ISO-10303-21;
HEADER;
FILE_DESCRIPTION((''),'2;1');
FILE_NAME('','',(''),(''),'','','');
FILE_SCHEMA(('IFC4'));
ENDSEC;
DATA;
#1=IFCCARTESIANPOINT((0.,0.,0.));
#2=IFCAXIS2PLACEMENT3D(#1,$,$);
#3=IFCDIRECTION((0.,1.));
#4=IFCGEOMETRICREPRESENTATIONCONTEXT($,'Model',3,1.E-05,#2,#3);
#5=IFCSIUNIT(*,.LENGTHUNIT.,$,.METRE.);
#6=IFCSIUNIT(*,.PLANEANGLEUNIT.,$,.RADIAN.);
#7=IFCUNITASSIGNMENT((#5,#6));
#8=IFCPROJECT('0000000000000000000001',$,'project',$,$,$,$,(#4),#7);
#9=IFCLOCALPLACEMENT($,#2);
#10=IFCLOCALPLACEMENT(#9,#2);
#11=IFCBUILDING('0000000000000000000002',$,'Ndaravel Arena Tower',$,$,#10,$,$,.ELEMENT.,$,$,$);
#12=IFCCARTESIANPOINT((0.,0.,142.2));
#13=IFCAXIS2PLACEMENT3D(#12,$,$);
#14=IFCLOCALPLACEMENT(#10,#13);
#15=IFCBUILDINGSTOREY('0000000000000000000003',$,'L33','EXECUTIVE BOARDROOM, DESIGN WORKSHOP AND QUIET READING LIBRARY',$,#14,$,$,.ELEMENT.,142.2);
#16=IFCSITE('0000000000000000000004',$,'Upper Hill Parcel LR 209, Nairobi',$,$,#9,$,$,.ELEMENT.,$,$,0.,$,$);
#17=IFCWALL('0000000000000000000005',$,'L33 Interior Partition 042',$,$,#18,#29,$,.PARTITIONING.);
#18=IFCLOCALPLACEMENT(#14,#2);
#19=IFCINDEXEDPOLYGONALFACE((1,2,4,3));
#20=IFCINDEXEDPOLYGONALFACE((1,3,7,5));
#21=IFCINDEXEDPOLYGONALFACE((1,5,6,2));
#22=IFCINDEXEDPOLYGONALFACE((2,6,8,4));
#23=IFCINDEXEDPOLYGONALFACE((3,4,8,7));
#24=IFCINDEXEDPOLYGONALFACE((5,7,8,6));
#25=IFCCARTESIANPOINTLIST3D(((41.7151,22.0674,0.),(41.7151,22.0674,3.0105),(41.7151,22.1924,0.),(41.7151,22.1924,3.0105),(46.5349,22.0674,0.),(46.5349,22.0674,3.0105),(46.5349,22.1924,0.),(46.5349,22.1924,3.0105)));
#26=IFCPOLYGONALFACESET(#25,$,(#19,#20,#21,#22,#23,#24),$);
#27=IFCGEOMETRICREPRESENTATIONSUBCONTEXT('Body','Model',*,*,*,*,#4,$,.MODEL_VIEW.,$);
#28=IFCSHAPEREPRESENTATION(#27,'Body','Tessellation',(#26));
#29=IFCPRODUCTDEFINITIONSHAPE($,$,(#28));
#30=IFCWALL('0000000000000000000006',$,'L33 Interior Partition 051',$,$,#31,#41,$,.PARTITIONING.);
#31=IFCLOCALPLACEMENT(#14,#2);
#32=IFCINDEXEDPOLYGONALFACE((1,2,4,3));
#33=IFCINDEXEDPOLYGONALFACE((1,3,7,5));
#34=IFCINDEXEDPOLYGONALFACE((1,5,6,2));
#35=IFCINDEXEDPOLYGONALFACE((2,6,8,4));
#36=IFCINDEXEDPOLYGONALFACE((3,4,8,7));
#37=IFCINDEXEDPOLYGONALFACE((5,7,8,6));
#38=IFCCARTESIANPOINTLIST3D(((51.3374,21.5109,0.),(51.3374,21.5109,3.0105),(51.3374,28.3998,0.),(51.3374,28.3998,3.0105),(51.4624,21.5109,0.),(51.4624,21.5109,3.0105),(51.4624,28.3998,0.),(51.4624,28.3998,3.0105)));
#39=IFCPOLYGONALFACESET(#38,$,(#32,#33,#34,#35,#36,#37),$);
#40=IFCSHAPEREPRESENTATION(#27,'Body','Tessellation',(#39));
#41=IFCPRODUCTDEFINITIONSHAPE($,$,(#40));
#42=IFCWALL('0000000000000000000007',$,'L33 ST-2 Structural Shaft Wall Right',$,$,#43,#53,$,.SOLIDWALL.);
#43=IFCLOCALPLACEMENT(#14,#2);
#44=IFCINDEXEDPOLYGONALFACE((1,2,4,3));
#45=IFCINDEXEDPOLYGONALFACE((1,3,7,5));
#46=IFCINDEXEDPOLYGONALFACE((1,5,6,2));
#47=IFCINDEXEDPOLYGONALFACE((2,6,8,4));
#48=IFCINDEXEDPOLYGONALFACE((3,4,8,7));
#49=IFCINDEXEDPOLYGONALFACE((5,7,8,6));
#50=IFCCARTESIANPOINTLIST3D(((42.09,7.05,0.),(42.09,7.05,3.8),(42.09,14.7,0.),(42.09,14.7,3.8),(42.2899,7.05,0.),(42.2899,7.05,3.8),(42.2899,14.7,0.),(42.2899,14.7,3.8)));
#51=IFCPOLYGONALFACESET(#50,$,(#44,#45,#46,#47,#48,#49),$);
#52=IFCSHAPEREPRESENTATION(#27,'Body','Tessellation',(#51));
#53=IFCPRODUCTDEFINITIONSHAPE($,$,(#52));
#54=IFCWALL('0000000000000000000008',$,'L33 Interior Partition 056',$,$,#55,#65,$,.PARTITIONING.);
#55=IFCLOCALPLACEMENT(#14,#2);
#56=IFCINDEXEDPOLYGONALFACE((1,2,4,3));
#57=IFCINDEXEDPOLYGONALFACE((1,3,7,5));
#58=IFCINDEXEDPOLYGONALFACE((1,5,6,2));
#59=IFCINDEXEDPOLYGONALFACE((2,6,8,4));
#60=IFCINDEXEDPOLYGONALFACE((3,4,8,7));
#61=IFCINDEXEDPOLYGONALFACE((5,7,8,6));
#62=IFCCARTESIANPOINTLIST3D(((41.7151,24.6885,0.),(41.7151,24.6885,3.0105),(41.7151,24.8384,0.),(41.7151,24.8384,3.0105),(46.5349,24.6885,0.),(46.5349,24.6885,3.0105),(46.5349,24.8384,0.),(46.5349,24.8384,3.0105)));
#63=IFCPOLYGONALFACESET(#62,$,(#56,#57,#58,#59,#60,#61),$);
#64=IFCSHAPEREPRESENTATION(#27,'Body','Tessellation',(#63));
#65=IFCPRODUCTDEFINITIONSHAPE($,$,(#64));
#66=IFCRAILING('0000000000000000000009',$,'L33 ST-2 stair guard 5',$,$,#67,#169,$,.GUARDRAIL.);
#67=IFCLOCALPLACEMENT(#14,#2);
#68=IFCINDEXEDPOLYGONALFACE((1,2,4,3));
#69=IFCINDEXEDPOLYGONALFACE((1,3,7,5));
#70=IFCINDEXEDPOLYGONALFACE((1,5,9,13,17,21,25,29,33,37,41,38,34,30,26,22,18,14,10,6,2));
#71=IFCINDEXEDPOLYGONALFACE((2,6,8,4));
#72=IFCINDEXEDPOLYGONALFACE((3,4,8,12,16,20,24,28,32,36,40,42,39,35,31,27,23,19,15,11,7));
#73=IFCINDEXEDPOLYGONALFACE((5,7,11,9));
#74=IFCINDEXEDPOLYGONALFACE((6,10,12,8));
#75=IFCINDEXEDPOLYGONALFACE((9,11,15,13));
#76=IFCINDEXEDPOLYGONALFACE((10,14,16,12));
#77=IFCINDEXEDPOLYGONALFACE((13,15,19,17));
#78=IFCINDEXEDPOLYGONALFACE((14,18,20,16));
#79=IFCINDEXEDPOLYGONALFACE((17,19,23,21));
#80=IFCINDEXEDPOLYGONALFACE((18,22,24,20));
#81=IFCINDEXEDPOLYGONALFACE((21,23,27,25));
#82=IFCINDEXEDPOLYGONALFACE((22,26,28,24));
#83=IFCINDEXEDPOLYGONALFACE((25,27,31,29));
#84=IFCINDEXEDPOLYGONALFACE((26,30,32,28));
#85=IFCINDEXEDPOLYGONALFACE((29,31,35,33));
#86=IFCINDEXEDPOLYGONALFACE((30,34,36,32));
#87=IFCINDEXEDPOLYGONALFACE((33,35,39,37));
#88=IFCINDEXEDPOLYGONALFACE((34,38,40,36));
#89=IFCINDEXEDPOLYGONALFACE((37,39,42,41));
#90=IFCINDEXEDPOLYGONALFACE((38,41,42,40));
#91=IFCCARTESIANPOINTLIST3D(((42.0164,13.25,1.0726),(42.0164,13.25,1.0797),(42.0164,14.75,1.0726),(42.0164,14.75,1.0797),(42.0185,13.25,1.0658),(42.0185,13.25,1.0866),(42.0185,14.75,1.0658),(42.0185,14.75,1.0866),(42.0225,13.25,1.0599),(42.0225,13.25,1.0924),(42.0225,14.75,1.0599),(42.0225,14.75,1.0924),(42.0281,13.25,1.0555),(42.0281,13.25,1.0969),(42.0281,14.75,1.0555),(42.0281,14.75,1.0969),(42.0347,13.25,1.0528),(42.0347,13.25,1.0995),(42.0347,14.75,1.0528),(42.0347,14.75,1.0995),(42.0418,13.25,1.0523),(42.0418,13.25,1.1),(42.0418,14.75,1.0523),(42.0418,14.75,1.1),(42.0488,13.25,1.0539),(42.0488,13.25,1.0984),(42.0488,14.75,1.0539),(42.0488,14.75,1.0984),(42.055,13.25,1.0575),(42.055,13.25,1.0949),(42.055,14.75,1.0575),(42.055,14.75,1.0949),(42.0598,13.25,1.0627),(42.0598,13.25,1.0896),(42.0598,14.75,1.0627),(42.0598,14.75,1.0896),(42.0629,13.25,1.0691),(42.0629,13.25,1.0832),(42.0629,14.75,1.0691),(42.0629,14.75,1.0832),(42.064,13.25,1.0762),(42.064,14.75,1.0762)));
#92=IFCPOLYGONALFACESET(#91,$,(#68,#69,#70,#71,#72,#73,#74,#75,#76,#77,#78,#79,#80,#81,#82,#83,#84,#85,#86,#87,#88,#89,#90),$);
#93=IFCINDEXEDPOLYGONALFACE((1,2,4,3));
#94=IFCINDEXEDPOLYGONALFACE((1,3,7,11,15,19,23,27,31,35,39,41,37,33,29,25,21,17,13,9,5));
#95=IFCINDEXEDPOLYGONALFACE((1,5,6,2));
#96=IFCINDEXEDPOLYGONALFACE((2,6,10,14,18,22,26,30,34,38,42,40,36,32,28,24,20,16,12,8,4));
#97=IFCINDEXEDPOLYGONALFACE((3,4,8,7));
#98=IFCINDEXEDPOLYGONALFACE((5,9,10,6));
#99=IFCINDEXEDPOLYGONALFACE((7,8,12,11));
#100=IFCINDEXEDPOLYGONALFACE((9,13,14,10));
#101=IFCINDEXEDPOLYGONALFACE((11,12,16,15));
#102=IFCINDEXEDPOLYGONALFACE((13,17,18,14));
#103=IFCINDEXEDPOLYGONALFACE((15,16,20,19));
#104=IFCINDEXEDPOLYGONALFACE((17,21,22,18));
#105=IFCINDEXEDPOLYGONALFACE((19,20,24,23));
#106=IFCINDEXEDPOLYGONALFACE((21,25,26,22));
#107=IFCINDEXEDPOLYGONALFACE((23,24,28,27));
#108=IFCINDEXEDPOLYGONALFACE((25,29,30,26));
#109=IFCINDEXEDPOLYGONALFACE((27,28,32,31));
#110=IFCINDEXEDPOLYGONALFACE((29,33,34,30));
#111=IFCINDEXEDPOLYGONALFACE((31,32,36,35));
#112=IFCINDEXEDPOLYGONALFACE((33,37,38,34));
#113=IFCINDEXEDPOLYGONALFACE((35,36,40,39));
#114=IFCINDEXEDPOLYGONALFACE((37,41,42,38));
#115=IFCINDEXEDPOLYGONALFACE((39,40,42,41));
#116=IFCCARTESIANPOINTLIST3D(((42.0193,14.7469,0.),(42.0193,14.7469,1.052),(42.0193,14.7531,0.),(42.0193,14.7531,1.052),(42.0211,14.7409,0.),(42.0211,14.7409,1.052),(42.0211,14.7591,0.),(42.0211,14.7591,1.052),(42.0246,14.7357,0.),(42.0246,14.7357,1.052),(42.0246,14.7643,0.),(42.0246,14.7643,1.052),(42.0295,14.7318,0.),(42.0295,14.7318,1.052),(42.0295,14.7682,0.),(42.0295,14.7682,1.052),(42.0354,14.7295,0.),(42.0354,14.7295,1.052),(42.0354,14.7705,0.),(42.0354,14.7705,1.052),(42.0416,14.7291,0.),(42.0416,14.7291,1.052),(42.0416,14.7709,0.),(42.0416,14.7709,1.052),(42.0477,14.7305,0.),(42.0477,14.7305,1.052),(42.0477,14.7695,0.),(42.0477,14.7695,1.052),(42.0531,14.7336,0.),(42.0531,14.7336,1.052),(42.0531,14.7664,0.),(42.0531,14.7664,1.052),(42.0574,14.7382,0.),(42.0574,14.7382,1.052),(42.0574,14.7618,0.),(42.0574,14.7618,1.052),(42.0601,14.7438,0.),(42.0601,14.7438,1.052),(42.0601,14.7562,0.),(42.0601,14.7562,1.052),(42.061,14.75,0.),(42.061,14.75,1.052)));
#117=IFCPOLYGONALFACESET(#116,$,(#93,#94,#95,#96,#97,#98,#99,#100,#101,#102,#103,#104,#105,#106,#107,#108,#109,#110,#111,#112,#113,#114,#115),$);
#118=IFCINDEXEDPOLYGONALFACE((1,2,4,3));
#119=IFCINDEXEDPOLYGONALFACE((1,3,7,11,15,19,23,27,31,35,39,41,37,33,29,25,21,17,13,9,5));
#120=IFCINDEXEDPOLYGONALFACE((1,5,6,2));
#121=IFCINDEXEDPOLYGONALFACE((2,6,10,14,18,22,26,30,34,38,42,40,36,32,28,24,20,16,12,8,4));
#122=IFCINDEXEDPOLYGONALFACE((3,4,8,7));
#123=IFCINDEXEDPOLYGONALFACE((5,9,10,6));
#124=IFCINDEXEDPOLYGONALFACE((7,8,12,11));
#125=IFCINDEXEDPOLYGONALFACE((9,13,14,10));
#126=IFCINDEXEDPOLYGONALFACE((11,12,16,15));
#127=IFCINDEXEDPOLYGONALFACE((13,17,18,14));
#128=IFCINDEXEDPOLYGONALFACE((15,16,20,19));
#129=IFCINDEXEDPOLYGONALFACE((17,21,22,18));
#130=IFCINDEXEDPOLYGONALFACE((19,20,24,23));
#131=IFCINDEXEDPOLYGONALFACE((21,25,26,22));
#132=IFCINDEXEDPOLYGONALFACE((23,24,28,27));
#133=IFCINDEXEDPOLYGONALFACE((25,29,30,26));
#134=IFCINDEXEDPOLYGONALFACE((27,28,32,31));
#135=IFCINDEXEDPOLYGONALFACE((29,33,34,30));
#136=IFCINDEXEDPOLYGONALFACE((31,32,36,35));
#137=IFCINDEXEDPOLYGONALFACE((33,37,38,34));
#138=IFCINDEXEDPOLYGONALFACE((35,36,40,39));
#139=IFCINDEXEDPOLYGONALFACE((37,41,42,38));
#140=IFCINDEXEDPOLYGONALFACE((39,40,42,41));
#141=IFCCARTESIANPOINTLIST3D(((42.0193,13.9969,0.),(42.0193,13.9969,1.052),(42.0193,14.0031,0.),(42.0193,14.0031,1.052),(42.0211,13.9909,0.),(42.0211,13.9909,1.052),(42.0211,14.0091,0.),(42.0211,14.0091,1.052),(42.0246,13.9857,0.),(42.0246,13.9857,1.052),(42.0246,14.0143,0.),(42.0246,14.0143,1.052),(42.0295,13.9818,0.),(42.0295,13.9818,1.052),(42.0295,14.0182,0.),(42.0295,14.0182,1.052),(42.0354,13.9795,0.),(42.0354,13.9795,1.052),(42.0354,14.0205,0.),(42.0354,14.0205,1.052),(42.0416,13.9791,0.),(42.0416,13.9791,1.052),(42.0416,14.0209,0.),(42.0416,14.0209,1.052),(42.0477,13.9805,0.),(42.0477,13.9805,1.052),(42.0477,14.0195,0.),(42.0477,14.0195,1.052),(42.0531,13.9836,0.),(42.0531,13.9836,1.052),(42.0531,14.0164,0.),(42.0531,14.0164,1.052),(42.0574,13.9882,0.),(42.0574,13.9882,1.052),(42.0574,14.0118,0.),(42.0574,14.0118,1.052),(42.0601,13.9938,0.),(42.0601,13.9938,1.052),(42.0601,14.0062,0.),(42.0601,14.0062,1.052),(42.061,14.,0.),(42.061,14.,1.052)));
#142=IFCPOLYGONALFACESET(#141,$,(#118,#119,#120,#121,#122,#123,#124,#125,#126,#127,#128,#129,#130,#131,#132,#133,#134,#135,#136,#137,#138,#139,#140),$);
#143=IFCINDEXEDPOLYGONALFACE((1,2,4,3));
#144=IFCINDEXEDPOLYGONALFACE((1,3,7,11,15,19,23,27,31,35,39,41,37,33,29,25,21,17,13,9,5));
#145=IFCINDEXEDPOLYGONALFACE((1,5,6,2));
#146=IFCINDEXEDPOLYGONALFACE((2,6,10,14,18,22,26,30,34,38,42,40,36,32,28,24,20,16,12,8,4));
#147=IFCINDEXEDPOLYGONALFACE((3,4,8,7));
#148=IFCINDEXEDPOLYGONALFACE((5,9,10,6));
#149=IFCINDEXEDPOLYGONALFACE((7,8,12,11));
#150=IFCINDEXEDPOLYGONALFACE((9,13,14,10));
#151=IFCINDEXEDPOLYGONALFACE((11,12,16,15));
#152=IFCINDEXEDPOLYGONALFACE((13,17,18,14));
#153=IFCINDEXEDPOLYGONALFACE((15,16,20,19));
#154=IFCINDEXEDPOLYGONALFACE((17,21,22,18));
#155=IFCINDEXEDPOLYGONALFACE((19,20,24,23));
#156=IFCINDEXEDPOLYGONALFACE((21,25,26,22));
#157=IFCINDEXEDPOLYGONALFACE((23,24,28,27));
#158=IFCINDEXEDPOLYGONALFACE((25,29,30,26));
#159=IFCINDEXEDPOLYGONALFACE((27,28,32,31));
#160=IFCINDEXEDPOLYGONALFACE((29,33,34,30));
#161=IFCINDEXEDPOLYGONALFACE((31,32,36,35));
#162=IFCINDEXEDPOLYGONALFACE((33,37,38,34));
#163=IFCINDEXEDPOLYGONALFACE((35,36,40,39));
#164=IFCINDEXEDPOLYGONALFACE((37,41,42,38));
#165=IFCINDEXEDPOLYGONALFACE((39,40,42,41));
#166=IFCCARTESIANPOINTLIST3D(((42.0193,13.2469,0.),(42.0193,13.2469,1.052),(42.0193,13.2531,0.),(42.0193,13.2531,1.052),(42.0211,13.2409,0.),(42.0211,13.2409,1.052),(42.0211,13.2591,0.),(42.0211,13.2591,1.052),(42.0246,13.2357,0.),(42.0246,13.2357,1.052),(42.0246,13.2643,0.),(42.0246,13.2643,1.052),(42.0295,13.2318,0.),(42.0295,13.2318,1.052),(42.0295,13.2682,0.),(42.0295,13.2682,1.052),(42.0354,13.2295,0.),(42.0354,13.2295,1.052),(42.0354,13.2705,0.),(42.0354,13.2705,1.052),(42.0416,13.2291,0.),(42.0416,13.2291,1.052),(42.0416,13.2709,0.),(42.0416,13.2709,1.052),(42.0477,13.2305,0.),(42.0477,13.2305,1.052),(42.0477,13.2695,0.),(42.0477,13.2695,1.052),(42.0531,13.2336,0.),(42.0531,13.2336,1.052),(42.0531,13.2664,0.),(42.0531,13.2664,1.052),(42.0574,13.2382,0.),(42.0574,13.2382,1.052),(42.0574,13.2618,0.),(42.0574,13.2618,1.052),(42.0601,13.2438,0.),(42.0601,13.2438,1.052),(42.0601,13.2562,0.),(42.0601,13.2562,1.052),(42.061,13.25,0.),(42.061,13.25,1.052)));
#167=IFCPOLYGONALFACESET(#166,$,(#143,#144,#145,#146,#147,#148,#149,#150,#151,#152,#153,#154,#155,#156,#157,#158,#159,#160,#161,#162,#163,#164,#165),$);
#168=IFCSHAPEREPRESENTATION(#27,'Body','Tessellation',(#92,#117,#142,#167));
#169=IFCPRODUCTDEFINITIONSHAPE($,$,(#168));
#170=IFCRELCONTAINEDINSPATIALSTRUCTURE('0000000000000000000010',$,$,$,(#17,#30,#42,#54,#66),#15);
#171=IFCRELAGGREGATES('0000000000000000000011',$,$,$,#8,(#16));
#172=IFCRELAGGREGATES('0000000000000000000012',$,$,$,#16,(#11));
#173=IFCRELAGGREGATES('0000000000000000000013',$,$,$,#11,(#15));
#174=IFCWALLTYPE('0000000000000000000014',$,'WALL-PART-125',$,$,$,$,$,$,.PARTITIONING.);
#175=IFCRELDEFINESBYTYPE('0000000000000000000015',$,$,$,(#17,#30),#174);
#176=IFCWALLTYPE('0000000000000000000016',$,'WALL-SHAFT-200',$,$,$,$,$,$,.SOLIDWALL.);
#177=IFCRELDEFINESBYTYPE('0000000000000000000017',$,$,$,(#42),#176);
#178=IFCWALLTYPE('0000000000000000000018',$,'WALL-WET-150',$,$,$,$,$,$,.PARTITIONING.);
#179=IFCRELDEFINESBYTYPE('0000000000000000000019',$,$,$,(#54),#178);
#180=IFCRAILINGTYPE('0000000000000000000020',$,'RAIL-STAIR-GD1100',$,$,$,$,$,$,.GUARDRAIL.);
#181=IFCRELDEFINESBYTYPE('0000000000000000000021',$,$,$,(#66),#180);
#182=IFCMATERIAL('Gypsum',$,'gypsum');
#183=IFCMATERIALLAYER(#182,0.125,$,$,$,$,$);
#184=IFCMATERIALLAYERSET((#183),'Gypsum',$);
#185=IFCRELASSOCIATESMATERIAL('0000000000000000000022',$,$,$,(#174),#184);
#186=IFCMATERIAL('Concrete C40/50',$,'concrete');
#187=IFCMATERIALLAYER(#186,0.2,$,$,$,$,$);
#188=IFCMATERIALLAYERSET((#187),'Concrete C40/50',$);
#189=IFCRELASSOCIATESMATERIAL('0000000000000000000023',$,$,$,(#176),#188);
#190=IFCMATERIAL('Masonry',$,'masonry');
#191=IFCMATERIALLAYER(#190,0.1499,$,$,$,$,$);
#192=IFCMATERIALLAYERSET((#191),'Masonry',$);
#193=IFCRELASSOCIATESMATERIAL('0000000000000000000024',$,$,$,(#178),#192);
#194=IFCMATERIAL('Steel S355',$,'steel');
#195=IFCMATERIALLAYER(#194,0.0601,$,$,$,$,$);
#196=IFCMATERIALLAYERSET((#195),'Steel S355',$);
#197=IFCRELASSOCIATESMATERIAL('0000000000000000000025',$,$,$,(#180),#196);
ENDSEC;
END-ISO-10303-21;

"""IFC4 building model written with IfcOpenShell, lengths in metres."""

from ifc_helpers import new_model, si_unit, direction, frame, frame_2d, origin, origin_2d, place, context, subcontext, project, spatial, rectangle, circle, extrude, material, layer, layer_set, type_object, element, save


model = new_model("IFC4")

# Units and contexts
model_context = context("Model", 3, precision=1e-05, world=origin(), true_north=direction((0.0, 1.0)))
body_context = subcontext(model_context, "Body", "Model", "MODEL_VIEW")
ifc_project = project(units=[si_unit("LENGTHUNIT", "METRE"), si_unit("PLANEANGLEUNIT", "RADIAN")], contexts=[model_context])

# Site, building, storey
site_placement = place(None, origin())
site = spatial("IfcSite", under=ifc_project, at=site_placement, Name="Upper Hill Parcel LR 209, Nairobi", CompositionType="ELEMENT", RefElevation=0.0)
building_placement = place(site_placement, origin())
building = spatial("IfcBuilding", under=site, at=building_placement, Name="Ndaravel Arena Tower", CompositionType="ELEMENT")
storey_placement = place(building_placement, frame((0.0, 0.0, 142.2)))
storey = spatial("IfcBuildingStorey", under=building, at=storey_placement, Name="L33", Description="EXECUTIVE BOARDROOM, DESIGN WORKSHOP AND QUIET READING LIBRARY", CompositionType="ELEMENT", Elevation=142.2)

# Shared definitions
ifc_material_1 = material(Name="Gypsum", Category="gypsum")
ifc_layer_1 = layer(ifc_material_1, 0.125)
ifc_layer_set_1 = layer_set([ifc_layer_1], Name="Gypsum")
wall_type_1 = type_object("IfcWallType", Name="WALL-PART-125", PredefinedType="PARTITIONING", material=ifc_layer_set_1)

# Walls
wall_1_placement = place(storey_placement, frame((41.7151, 22.1299, 0.0), z_axis=(0.0, 0.0, 1.0), x_axis=(1.0, 0.0, 0.0)))
element("IfcWall", 1, at=wall_1_placement, inside=storey, type_object=wall_type_1, Name="L33 Interior Partition 042", PredefinedType="PARTITIONING", context=body_context, shape_type="SweptSolid", body=[
    extrude(rectangle(XDim=4.8198, YDim=0.125, at=frame_2d((2.4099, 0.0))), origin(), (0.0, 0.0, 1.0), 3.0105),
])
wall_2_placement = place(storey_placement, frame((51.3999, 21.511, 0.0), z_axis=(0.0, 0.0, 1.0), x_axis=(0.0, 1.0, 0.0)))
element("IfcWall", 2, at=wall_2_placement, inside=storey, type_object=wall_type_1, Name="L33 Interior Partition 051", PredefinedType="PARTITIONING", context=body_context, shape_type="SweptSolid", body=[
    extrude(rectangle(XDim=6.8889, YDim=0.125, at=frame_2d((3.4443, 0.0))), origin(), (0.0, 0.0, 1.0), 3.0105),
])
ifc_material_2 = material(Name="Concrete C40/50", Category="concrete")
ifc_layer_2 = layer(ifc_material_2, 0.2)
ifc_layer_set_2 = layer_set([ifc_layer_2], Name="Concrete C40/50")
wall_type_2 = type_object("IfcWallType", Name="WALL-SHAFT-200", PredefinedType="SOLIDWALL", material=ifc_layer_set_2)
wall_3_placement = place(storey_placement, frame((42.1899, 14.7, 0.0), z_axis=(0.0, 0.0, 1.0), x_axis=(0.0, -1.0, 0.0)))
element("IfcWall", 3, at=wall_3_placement, inside=storey, type_object=wall_type_2, Name="L33 ST-2 Structural Shaft Wall Right", PredefinedType="SOLIDWALL", context=body_context, shape_type="SweptSolid", body=[
    extrude(rectangle(XDim=7.6499, YDim=0.2, at=frame_2d((3.825, 0.0))), origin(), (0.0, 0.0, 1.0), 3.8),
])

# Shared definitions
ifc_material_3 = material(Name="Masonry", Category="masonry")
ifc_layer_3 = layer(ifc_material_3, 0.1499)
ifc_layer_set_3 = layer_set([ifc_layer_3], Name="Masonry")
wall_type_3 = type_object("IfcWallType", Name="WALL-WET-150", PredefinedType="PARTITIONING", material=ifc_layer_set_3)

# Wall
wall_4_placement = place(storey_placement, frame((41.7151, 24.7634, 0.0), z_axis=(0.0, 0.0, 1.0), x_axis=(1.0, 0.0, 0.0)))
element("IfcWall", 4, at=wall_4_placement, inside=storey, type_object=wall_type_3, Name="L33 Interior Partition 056", PredefinedType="PARTITIONING", context=body_context, shape_type="SweptSolid", body=[
    extrude(rectangle(XDim=4.8198, YDim=0.1499, at=frame_2d((2.4099, 0.0))), origin(), (0.0, 0.0, 1.0), 3.0105),
])

# Railing
ifc_material_4 = material(Name="Steel S355", Category="steel")
ifc_layer_4 = layer(ifc_material_4, 0.0601)
ifc_layer_set_4 = layer_set([ifc_layer_4], Name="Steel S355")
railing_type = type_object("IfcRailingType", Name="RAIL-STAIR-GD1100", PredefinedType="GUARDRAIL", material=ifc_layer_set_4)
railing_placement = place(storey_placement, frame((42.04, 14.75, 0.0)))
element("IfcRailing", 5, at=railing_placement, inside=storey, type_object=railing_type, Name="L33 ST-2 stair guard 5", PredefinedType="GUARDRAIL", context=body_context, shape_type="SweptSolid", body=[
    extrude(circle(Radius=0.0239, at=origin_2d()), frame((0.0, 0.0, 1.0762), z_axis=(0.0, -1.0, 0.0), x_axis=(1.0, 0.0, 0.0)), (0.0, 0.0, 1.0), 1.5),
    extrude(circle(Radius=0.021, at=origin_2d()), origin(), (0.0, 0.0, 1.0), 1.052),
    extrude(circle(Radius=0.021, at=origin_2d()), frame((0.0, -0.75, 0.0)), (0.0, 0.0, 1.0), 1.052),
    extrude(circle(Radius=0.021, at=origin_2d()), frame((0.0, -1.5, 0.0)), (0.0, 0.0, 1.0), 1.052),
])

save(model, "model.ifc")
